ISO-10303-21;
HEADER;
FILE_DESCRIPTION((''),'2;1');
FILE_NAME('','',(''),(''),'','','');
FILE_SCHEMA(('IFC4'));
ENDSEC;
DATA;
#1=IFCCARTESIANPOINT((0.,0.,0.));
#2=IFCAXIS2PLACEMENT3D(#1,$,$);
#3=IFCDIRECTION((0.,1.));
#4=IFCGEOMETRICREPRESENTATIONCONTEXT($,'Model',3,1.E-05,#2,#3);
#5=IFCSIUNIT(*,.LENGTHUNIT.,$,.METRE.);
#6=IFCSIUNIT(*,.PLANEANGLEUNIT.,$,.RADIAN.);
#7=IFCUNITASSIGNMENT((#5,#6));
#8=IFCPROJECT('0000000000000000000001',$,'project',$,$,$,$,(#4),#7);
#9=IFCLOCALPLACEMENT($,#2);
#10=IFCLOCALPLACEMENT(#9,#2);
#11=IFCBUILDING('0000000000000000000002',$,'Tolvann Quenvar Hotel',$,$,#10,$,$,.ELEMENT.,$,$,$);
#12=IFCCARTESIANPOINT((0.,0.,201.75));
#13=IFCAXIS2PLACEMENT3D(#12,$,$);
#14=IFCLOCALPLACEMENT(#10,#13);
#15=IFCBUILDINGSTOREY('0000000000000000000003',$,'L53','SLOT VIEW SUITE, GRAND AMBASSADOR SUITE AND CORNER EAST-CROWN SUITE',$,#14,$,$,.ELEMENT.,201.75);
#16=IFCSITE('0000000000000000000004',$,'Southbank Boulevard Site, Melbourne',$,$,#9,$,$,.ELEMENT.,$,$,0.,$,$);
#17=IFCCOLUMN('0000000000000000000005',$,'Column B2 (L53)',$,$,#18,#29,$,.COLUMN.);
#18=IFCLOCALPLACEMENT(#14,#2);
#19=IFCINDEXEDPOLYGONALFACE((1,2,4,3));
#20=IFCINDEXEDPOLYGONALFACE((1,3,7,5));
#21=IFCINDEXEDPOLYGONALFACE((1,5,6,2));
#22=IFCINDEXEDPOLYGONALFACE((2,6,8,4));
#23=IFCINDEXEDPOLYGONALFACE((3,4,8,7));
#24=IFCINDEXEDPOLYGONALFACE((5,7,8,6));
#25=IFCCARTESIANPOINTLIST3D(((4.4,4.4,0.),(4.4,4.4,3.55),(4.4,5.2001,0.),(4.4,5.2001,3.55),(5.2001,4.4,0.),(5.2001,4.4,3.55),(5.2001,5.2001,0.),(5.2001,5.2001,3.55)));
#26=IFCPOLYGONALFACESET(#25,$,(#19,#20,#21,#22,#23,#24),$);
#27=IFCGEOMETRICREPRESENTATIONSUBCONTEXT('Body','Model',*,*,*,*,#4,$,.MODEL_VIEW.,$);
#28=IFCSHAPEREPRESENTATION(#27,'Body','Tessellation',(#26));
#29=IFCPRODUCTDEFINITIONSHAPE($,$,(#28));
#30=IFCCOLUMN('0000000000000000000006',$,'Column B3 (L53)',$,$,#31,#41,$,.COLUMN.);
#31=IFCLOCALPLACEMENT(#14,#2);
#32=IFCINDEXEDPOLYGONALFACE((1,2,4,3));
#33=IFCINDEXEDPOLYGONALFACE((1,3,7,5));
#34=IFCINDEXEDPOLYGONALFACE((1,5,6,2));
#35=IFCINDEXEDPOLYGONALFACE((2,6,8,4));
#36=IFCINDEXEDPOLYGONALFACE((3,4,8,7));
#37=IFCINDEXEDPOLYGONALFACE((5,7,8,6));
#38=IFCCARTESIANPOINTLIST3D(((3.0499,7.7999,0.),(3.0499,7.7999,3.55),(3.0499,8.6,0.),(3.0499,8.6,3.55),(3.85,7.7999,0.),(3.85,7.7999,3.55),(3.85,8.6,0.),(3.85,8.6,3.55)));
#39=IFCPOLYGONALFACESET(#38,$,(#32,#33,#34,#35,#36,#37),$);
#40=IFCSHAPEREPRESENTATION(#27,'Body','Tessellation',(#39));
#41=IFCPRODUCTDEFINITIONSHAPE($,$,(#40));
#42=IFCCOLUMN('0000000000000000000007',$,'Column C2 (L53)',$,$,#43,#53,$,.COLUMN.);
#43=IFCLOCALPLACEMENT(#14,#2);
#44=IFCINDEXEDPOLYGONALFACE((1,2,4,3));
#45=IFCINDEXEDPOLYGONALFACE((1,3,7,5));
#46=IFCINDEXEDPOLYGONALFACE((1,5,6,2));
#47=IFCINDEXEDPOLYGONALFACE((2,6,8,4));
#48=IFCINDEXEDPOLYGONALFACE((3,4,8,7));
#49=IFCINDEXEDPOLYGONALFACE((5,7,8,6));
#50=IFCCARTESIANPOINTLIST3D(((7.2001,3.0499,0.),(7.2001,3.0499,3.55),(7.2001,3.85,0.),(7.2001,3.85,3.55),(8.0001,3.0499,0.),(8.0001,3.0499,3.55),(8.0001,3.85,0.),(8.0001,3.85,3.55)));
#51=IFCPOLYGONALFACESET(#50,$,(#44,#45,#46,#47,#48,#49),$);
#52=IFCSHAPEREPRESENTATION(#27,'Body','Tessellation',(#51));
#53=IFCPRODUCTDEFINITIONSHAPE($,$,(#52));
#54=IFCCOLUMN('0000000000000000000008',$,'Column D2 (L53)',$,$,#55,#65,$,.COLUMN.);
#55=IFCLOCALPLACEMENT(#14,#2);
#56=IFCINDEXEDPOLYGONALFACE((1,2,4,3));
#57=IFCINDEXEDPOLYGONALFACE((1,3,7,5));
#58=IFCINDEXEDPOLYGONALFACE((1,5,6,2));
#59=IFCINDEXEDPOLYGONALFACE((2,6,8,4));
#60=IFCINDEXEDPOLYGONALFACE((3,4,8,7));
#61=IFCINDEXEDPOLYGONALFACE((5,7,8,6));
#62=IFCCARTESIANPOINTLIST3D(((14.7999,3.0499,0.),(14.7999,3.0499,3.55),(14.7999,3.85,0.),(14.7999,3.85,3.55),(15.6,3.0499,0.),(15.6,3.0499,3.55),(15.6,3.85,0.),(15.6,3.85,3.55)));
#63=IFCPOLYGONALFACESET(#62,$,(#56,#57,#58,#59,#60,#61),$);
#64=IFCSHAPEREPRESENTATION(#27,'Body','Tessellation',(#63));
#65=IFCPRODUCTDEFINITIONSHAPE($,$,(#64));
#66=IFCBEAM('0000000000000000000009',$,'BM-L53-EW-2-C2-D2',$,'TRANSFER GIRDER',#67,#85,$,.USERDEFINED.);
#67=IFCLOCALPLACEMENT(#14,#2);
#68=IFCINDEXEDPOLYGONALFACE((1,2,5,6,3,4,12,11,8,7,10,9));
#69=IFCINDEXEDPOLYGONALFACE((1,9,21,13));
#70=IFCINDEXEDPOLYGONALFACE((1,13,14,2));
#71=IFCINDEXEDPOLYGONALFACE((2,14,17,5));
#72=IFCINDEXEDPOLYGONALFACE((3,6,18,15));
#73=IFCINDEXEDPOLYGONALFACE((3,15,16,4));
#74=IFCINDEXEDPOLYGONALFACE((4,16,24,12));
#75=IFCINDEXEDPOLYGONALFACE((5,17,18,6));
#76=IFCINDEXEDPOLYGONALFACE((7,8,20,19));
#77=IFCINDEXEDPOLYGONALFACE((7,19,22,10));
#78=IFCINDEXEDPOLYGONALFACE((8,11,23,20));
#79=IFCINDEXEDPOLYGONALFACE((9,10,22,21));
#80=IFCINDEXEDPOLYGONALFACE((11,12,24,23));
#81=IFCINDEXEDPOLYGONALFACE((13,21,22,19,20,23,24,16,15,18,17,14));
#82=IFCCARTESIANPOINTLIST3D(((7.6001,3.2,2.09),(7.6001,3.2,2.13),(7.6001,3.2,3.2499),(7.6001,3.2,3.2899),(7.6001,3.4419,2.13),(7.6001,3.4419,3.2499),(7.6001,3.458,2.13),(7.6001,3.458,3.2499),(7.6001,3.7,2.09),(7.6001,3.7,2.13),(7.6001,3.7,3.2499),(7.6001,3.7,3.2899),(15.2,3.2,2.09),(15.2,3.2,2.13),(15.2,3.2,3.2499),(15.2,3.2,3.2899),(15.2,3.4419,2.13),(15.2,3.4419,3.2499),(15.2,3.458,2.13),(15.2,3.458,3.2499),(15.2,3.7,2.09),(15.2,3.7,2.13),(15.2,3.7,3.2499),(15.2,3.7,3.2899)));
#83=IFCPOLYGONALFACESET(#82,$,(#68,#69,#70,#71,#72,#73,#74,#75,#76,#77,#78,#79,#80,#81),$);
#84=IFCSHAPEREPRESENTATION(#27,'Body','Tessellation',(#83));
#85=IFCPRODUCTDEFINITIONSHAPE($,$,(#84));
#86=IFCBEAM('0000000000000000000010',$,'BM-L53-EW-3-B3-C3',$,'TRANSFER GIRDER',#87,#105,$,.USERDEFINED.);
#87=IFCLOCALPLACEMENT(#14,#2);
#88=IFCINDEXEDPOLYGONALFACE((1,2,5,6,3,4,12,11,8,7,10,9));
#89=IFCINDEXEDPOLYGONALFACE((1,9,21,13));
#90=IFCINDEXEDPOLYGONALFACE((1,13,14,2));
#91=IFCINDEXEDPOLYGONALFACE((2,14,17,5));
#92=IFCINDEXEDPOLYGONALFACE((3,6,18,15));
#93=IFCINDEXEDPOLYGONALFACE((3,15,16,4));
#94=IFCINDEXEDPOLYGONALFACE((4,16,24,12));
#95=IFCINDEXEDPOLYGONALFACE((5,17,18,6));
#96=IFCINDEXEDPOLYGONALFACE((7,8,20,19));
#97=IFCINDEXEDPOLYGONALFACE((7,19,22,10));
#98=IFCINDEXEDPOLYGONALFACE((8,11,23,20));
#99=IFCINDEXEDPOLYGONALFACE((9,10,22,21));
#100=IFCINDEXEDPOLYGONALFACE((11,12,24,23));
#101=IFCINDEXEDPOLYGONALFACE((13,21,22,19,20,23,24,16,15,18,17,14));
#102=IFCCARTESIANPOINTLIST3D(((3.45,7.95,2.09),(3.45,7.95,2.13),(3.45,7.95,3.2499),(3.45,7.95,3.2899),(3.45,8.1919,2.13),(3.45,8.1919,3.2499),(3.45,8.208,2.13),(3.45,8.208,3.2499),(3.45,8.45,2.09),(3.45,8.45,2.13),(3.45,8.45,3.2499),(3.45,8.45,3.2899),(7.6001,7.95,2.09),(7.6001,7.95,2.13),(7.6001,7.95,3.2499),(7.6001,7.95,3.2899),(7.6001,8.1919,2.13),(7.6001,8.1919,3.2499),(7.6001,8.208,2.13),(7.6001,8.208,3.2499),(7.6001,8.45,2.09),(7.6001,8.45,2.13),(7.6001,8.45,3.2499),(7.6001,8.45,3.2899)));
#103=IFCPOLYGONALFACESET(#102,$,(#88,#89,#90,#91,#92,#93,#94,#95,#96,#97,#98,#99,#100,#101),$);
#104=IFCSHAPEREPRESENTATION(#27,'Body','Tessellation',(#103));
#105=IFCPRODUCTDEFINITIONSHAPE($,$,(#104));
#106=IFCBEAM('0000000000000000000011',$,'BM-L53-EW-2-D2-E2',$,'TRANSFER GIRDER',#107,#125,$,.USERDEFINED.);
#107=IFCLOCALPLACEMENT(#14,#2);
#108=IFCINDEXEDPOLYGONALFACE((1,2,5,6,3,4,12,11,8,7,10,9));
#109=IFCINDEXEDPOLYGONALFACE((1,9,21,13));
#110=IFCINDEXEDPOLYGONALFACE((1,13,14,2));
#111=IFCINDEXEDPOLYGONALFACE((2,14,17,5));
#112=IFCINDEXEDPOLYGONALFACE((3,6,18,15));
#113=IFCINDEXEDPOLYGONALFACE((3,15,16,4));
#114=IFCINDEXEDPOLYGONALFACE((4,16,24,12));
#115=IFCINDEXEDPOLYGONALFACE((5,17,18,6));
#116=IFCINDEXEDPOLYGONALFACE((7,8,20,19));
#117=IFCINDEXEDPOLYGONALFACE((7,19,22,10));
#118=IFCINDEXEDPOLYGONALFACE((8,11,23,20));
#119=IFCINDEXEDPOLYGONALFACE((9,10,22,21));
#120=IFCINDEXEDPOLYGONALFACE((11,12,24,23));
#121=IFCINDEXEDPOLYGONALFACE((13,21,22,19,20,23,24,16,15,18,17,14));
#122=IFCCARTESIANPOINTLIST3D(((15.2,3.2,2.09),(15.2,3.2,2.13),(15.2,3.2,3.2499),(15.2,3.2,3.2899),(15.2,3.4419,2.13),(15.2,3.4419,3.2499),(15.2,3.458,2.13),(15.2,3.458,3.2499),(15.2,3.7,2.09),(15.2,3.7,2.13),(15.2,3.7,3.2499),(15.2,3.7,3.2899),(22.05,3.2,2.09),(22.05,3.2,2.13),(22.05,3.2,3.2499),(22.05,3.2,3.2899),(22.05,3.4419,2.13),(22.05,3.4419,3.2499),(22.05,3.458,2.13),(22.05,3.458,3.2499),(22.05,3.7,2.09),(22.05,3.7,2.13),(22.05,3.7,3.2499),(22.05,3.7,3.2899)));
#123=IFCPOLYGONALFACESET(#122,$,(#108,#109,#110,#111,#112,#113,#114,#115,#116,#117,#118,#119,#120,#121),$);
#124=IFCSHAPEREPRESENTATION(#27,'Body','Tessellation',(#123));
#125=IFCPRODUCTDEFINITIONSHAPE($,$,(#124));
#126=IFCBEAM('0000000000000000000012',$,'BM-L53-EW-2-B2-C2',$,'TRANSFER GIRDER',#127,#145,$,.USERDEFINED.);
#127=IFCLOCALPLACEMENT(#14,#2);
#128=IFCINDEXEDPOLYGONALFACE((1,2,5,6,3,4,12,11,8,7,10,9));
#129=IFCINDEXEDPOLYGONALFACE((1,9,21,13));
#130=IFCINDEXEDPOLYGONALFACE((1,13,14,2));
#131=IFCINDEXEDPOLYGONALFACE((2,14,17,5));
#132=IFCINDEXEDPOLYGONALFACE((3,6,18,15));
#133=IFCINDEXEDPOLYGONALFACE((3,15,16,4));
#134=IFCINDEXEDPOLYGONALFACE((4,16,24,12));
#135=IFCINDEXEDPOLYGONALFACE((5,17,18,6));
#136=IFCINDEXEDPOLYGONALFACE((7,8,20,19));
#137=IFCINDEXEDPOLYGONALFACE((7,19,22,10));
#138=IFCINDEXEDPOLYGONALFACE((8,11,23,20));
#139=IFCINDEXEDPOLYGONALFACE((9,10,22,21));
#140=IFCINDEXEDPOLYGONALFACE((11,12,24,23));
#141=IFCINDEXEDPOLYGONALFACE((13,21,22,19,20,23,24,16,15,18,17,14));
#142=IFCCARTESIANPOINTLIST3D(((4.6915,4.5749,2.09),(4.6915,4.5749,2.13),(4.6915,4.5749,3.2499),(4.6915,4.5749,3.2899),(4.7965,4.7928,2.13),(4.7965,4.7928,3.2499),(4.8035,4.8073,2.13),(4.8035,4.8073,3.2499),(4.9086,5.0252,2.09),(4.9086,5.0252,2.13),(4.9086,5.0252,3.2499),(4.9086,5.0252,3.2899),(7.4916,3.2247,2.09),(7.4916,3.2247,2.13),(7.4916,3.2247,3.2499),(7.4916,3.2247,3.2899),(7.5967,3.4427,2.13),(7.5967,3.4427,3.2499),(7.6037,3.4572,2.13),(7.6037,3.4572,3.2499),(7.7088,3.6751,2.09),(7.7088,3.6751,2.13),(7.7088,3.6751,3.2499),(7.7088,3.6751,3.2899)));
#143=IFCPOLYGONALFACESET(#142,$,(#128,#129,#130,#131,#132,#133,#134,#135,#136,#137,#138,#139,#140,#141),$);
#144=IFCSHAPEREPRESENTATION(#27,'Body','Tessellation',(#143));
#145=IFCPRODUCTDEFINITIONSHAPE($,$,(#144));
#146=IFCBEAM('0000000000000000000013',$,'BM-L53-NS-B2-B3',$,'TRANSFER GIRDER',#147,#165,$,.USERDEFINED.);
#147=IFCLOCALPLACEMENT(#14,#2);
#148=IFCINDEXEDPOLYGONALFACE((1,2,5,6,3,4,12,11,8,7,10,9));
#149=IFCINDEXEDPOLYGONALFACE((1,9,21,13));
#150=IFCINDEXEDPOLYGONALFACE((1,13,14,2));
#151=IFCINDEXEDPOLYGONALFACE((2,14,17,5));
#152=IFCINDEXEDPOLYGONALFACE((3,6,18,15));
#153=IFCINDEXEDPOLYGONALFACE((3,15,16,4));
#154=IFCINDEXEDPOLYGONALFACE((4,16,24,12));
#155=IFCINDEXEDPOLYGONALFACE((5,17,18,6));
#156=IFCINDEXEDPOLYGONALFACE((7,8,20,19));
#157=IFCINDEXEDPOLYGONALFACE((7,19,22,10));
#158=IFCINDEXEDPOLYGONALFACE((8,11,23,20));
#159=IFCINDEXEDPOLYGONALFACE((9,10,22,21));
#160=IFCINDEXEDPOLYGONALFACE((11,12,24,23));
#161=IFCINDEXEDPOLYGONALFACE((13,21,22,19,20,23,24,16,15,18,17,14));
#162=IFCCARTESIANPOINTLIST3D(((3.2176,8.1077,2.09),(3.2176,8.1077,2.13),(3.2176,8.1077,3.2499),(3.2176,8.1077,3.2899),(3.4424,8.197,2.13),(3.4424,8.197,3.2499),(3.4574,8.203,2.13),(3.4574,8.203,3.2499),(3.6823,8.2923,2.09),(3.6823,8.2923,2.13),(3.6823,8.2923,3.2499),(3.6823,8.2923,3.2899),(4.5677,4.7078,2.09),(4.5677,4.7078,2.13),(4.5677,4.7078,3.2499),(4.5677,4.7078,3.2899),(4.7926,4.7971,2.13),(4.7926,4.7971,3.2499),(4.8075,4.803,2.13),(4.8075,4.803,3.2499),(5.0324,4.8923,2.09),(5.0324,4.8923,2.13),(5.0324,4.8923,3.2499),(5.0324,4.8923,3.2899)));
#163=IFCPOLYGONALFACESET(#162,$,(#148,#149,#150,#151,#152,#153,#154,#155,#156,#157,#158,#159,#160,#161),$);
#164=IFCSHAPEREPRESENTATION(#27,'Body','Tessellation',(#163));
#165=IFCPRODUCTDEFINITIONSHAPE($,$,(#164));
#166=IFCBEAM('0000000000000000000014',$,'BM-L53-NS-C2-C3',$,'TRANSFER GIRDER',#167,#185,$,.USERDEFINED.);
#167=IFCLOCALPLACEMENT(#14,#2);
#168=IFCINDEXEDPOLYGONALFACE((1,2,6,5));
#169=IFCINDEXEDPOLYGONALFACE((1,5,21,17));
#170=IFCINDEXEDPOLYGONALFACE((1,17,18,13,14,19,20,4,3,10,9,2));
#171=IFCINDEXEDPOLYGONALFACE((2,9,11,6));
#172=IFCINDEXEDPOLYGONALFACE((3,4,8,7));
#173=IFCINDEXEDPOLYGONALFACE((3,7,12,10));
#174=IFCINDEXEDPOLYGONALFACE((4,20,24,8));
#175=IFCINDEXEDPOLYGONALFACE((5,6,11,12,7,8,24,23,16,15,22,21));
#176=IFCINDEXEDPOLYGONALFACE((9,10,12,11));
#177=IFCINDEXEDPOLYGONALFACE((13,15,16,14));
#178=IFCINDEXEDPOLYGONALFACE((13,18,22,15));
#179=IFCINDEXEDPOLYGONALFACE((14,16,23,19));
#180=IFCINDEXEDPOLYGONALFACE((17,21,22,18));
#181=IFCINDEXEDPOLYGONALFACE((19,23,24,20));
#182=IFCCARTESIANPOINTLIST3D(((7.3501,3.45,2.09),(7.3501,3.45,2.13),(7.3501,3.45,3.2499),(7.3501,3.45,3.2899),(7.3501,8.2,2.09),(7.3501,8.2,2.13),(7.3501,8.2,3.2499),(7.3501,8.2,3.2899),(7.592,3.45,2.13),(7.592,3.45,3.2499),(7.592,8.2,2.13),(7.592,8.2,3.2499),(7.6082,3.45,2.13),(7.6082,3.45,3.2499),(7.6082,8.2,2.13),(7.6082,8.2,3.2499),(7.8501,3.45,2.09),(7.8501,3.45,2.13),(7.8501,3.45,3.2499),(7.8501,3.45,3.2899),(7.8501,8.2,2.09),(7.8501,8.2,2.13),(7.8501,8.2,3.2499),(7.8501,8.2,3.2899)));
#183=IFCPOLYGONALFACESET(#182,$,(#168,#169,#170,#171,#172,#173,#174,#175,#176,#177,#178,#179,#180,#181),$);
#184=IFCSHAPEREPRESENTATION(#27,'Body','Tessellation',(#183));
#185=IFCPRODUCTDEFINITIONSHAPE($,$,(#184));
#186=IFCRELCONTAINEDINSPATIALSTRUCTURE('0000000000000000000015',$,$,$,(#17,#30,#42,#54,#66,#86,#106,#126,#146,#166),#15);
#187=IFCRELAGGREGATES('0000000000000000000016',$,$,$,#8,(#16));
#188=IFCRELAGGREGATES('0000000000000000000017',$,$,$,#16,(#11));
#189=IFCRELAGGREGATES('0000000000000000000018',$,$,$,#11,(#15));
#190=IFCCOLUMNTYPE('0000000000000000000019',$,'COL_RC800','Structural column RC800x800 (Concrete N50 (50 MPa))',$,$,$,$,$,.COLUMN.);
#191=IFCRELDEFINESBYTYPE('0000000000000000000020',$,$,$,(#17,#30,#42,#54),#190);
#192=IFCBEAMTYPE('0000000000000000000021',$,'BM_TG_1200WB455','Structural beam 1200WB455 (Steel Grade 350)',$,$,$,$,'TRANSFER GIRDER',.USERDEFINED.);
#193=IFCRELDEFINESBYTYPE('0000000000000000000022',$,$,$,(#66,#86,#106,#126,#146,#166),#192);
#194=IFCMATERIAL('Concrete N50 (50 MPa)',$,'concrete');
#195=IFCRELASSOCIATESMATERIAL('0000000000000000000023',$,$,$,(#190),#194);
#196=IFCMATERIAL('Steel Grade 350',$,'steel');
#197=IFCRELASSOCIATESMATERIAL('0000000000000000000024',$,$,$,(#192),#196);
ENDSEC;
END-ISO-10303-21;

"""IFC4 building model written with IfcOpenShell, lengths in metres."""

from ifc_helpers import new_model, si_unit, direction, frame, origin, origin_2d, place, context, subcontext, project, spatial, rectangle, i_section, extrude, source, transform, mapped, material, material_profile, profile_set, type_object, type_shapes, element, save


model = new_model("IFC4")

# Units and contexts
model_context = context("Model", 3, precision=1e-05, world=origin(), true_north=direction((0.0, 1.0)))
body_context = subcontext(model_context, "Body", "Model", "MODEL_VIEW")
ifc_project = project(units=[si_unit("LENGTHUNIT", "METRE"), si_unit("PLANEANGLEUNIT", "RADIAN")], contexts=[model_context])

# Site, building, storey
site_placement = place(None, origin())
site = spatial("IfcSite", under=ifc_project, at=site_placement, Name="Southbank Boulevard Site, Melbourne", CompositionType="ELEMENT", RefElevation=0.0)
building_placement = place(site_placement, origin())
building = spatial("IfcBuilding", under=site, at=building_placement, Name="Tolvann Quenvar Hotel", CompositionType="ELEMENT")
storey_placement = place(building_placement, frame((0.0, 0.0, 201.75)))
storey = spatial("IfcBuildingStorey", under=building, at=storey_placement, Name="L53", Description="SLOT VIEW SUITE, GRAND AMBASSADOR SUITE AND CORNER EAST-CROWN SUITE", CompositionType="ELEMENT", Elevation=201.75)

# Columns
ifc_material_1 = material(Name="Concrete N50 (50 MPa)", Category="concrete")
ifc_material_profile_1 = material_profile(ifc_material_1, rectangle(XDim=0.8, YDim=0.8, at=origin_2d()), Name="RC800x800")
ifc_profile_set_1 = profile_set([ifc_material_profile_1], Name="Concrete N50 (50 MPa)")
column_type = type_object("IfcColumnType", Name="COL_RC800", Description="Structural column RC800x800 (Concrete N50 (50 MPa))", PredefinedType="COLUMN", material=ifc_profile_set_1)
shared_shape_1 = source(origin(), body_context, "Body", "SweptSolid", [
    extrude(rectangle(XDim=0.8, YDim=0.8, at=origin_2d()), origin(), (0.0, 0.0, 1.0), 3.55),
])
type_shapes(column_type, [shared_shape_1])
for number, where, z_axis, x_axis, name in (
    (1, (4.8, 4.8, 0.0), (0.0, 0.0, 1.0), (1.0, 0.0, 0.0), "Column B2 (L53)"),
    (2, (3.45, 8.2, 0.0), (0.0, 0.0, 1.0), (1.0, 0.0, 0.0), "Column B3 (L53)"),
    (3, (7.6001, 3.45, 0.0), (0.0, 0.0, 1.0), (1.0, 0.0, 0.0), "Column C2 (L53)"),
    (4, (15.2, 3.45, 0.0), (0.0, 0.0, 1.0), (1.0, 0.0, 0.0), "Column D2 (L53)"),
):
    element("IfcColumn", number, at=place(storey_placement, frame(where, z_axis=z_axis, x_axis=x_axis)), inside=storey, type_object=column_type, Name=name, PredefinedType="COLUMN", context=body_context, shape_type="MappedRepresentation", body=[
        mapped(shared_shape_1, transform((0.0, 0.0, 0.0), x_axis=(1.0, 0.0, 0.0), y_axis=(0.0, 1.0, 0.0), z_axis=(0.0, 0.0, 1.0), scale=1.0)),
    ])

# Beams
ifc_material_2 = material(Name="Steel Grade 350", Category="steel")
ifc_material_profile_2 = material_profile(ifc_material_2, i_section(OverallWidth=0.5, OverallDepth=1.2, WebThickness=0.0161, FlangeThickness=0.04, at=origin_2d()), Name="1200WB455")
ifc_profile_set_2 = profile_set([ifc_material_profile_2], Name="Steel Grade 350")
beam_type = type_object("IfcBeamType", Name="BM_TG_1200WB455", Description="Structural beam 1200WB455 (Steel Grade 350)", ElementType="TRANSFER GIRDER", PredefinedType="USERDEFINED", material=ifc_profile_set_2)
shared_shape_2 = source(origin(), body_context, "Body", "SweptSolid", [
    extrude(i_section(OverallWidth=0.5, OverallDepth=1.2, WebThickness=0.0161, FlangeThickness=0.04, at=origin_2d()), origin(), (0.0, 0.0, 1.0), 7.5999),
])
beam_1_placement = place(storey_placement, frame((7.6001, 3.45, 2.6899), z_axis=(1.0, 0.0, 0.0), x_axis=(0.0, 1.0, 0.0)))
element("IfcBeam", 5, at=beam_1_placement, inside=storey, type_object=beam_type, Name="BM-L53-EW-2-C2-D2", ObjectType="TRANSFER GIRDER", PredefinedType="USERDEFINED", context=body_context, shape_type="MappedRepresentation", body=[
    mapped(shared_shape_2, transform((0.0, 0.0, 0.0), x_axis=(1.0, 0.0, 0.0), y_axis=(0.0, 1.0, 0.0), z_axis=(0.0, 0.0, 1.0), scale=1.0)),
])
shared_shape_3 = source(origin(), body_context, "Body", "SweptSolid", [
    extrude(i_section(OverallWidth=0.5, OverallDepth=1.2, WebThickness=0.0161, FlangeThickness=0.04, at=origin_2d()), origin(), (0.0, 0.0, 1.0), 4.1501),
])
beam_2_placement = place(storey_placement, frame((3.45, 8.2, 2.6899), z_axis=(1.0, 0.0, 0.0), x_axis=(0.0, 1.0, 0.0)))
element("IfcBeam", 6, at=beam_2_placement, inside=storey, type_object=beam_type, Name="BM-L53-EW-3-B3-C3", ObjectType="TRANSFER GIRDER", PredefinedType="USERDEFINED", context=body_context, shape_type="MappedRepresentation", body=[
    mapped(shared_shape_3, transform((0.0, 0.0, 0.0), x_axis=(1.0, 0.0, 0.0), y_axis=(0.0, 1.0, 0.0), z_axis=(0.0, 0.0, 1.0), scale=1.0)),
])
shared_shape_4 = source(origin(), body_context, "Body", "SweptSolid", [
    extrude(i_section(OverallWidth=0.5, OverallDepth=1.2, WebThickness=0.0161, FlangeThickness=0.04, at=origin_2d()), origin(), (0.0, 0.0, 1.0), 6.8501),
])
beam_3_placement = place(storey_placement, frame((15.2, 3.45, 2.6899), z_axis=(1.0, 0.0, 0.0), x_axis=(0.0, 1.0, 0.0)))
element("IfcBeam", 7, at=beam_3_placement, inside=storey, type_object=beam_type, Name="BM-L53-EW-2-D2-E2", ObjectType="TRANSFER GIRDER", PredefinedType="USERDEFINED", context=body_context, shape_type="MappedRepresentation", body=[
    mapped(shared_shape_4, transform((0.0, 0.0, 0.0), x_axis=(1.0, 0.0, 0.0), y_axis=(0.0, 1.0, 0.0), z_axis=(0.0, 0.0, 1.0), scale=1.0)),
])
shared_shape_5 = source(origin(), body_context, "Body", "SweptSolid", [
    extrude(i_section(OverallWidth=0.5, OverallDepth=1.2, WebThickness=0.0161, FlangeThickness=0.04, at=origin_2d()), origin(), (0.0, 0.0, 1.0), 3.1086),
])
beam_4_placement = place(storey_placement, frame((4.8, 4.8, 2.6899), z_axis=(0.900759, -0.434319, 0.0), x_axis=(0.434319, 0.900759, 0.0)))
element("IfcBeam", 8, at=beam_4_placement, inside=storey, type_object=beam_type, Name="BM-L53-EW-2-B2-C2", ObjectType="TRANSFER GIRDER", PredefinedType="USERDEFINED", context=body_context, shape_type="MappedRepresentation", body=[
    mapped(shared_shape_5, transform((0.0, 0.0, 0.0), x_axis=(1.0, 0.0, 0.0), y_axis=(0.0, 1.0, 0.0), z_axis=(0.0, 0.0, 1.0), scale=1.0)),
])
shared_shape_6 = source(origin(), body_context, "Body", "SweptSolid", [
    extrude(i_section(OverallWidth=0.5, OverallDepth=1.2, WebThickness=0.0161, FlangeThickness=0.04, at=origin_2d()), origin(), (0.0, 0.0, 1.0), 3.6582),
])
beam_5_placement = place(storey_placement, frame((4.8, 4.8, 2.6899), z_axis=(-0.369065, 0.929404, 0.0), x_axis=(-0.929404, -0.369065, 0.0)))
element("IfcBeam", 9, at=beam_5_placement, inside=storey, type_object=beam_type, Name="BM-L53-NS-B2-B3", ObjectType="TRANSFER GIRDER", PredefinedType="USERDEFINED", context=body_context, shape_type="MappedRepresentation", body=[
    mapped(shared_shape_6, transform((0.0, 0.0, 0.0), x_axis=(1.0, 0.0, 0.0), y_axis=(0.0, 1.0, 0.0), z_axis=(0.0, 0.0, 1.0), scale=1.0)),
])
shared_shape_7 = source(origin(), body_context, "Body", "SweptSolid", [
    extrude(i_section(OverallWidth=0.5, OverallDepth=1.2, WebThickness=0.0161, FlangeThickness=0.04, at=origin_2d()), origin(), (0.0, 0.0, 1.0), 4.75),
])
type_shapes(beam_type, [shared_shape_2, shared_shape_3, shared_shape_4, shared_shape_5, shared_shape_6, shared_shape_7])
for number, where, z_axis, x_axis, name in (
    (10, (7.6001, 3.45, 2.6899), (0.0, 1.0, 0.0), (-1.0, 0.0, 0.0), "BM-L53-NS-C2-C3"),
):
    element("IfcBeam", number, at=place(storey_placement, frame(where, z_axis=z_axis, x_axis=x_axis)), inside=storey, type_object=beam_type, Name=name, ObjectType="TRANSFER GIRDER", PredefinedType="USERDEFINED", context=body_context, shape_type="MappedRepresentation", body=[
        mapped(shared_shape_7, transform((0.0, 0.0, 0.0), x_axis=(1.0, 0.0, 0.0), y_axis=(0.0, 1.0, 0.0), z_axis=(0.0, 0.0, 1.0), scale=1.0)),
    ])

save(model, "model.ifc")
